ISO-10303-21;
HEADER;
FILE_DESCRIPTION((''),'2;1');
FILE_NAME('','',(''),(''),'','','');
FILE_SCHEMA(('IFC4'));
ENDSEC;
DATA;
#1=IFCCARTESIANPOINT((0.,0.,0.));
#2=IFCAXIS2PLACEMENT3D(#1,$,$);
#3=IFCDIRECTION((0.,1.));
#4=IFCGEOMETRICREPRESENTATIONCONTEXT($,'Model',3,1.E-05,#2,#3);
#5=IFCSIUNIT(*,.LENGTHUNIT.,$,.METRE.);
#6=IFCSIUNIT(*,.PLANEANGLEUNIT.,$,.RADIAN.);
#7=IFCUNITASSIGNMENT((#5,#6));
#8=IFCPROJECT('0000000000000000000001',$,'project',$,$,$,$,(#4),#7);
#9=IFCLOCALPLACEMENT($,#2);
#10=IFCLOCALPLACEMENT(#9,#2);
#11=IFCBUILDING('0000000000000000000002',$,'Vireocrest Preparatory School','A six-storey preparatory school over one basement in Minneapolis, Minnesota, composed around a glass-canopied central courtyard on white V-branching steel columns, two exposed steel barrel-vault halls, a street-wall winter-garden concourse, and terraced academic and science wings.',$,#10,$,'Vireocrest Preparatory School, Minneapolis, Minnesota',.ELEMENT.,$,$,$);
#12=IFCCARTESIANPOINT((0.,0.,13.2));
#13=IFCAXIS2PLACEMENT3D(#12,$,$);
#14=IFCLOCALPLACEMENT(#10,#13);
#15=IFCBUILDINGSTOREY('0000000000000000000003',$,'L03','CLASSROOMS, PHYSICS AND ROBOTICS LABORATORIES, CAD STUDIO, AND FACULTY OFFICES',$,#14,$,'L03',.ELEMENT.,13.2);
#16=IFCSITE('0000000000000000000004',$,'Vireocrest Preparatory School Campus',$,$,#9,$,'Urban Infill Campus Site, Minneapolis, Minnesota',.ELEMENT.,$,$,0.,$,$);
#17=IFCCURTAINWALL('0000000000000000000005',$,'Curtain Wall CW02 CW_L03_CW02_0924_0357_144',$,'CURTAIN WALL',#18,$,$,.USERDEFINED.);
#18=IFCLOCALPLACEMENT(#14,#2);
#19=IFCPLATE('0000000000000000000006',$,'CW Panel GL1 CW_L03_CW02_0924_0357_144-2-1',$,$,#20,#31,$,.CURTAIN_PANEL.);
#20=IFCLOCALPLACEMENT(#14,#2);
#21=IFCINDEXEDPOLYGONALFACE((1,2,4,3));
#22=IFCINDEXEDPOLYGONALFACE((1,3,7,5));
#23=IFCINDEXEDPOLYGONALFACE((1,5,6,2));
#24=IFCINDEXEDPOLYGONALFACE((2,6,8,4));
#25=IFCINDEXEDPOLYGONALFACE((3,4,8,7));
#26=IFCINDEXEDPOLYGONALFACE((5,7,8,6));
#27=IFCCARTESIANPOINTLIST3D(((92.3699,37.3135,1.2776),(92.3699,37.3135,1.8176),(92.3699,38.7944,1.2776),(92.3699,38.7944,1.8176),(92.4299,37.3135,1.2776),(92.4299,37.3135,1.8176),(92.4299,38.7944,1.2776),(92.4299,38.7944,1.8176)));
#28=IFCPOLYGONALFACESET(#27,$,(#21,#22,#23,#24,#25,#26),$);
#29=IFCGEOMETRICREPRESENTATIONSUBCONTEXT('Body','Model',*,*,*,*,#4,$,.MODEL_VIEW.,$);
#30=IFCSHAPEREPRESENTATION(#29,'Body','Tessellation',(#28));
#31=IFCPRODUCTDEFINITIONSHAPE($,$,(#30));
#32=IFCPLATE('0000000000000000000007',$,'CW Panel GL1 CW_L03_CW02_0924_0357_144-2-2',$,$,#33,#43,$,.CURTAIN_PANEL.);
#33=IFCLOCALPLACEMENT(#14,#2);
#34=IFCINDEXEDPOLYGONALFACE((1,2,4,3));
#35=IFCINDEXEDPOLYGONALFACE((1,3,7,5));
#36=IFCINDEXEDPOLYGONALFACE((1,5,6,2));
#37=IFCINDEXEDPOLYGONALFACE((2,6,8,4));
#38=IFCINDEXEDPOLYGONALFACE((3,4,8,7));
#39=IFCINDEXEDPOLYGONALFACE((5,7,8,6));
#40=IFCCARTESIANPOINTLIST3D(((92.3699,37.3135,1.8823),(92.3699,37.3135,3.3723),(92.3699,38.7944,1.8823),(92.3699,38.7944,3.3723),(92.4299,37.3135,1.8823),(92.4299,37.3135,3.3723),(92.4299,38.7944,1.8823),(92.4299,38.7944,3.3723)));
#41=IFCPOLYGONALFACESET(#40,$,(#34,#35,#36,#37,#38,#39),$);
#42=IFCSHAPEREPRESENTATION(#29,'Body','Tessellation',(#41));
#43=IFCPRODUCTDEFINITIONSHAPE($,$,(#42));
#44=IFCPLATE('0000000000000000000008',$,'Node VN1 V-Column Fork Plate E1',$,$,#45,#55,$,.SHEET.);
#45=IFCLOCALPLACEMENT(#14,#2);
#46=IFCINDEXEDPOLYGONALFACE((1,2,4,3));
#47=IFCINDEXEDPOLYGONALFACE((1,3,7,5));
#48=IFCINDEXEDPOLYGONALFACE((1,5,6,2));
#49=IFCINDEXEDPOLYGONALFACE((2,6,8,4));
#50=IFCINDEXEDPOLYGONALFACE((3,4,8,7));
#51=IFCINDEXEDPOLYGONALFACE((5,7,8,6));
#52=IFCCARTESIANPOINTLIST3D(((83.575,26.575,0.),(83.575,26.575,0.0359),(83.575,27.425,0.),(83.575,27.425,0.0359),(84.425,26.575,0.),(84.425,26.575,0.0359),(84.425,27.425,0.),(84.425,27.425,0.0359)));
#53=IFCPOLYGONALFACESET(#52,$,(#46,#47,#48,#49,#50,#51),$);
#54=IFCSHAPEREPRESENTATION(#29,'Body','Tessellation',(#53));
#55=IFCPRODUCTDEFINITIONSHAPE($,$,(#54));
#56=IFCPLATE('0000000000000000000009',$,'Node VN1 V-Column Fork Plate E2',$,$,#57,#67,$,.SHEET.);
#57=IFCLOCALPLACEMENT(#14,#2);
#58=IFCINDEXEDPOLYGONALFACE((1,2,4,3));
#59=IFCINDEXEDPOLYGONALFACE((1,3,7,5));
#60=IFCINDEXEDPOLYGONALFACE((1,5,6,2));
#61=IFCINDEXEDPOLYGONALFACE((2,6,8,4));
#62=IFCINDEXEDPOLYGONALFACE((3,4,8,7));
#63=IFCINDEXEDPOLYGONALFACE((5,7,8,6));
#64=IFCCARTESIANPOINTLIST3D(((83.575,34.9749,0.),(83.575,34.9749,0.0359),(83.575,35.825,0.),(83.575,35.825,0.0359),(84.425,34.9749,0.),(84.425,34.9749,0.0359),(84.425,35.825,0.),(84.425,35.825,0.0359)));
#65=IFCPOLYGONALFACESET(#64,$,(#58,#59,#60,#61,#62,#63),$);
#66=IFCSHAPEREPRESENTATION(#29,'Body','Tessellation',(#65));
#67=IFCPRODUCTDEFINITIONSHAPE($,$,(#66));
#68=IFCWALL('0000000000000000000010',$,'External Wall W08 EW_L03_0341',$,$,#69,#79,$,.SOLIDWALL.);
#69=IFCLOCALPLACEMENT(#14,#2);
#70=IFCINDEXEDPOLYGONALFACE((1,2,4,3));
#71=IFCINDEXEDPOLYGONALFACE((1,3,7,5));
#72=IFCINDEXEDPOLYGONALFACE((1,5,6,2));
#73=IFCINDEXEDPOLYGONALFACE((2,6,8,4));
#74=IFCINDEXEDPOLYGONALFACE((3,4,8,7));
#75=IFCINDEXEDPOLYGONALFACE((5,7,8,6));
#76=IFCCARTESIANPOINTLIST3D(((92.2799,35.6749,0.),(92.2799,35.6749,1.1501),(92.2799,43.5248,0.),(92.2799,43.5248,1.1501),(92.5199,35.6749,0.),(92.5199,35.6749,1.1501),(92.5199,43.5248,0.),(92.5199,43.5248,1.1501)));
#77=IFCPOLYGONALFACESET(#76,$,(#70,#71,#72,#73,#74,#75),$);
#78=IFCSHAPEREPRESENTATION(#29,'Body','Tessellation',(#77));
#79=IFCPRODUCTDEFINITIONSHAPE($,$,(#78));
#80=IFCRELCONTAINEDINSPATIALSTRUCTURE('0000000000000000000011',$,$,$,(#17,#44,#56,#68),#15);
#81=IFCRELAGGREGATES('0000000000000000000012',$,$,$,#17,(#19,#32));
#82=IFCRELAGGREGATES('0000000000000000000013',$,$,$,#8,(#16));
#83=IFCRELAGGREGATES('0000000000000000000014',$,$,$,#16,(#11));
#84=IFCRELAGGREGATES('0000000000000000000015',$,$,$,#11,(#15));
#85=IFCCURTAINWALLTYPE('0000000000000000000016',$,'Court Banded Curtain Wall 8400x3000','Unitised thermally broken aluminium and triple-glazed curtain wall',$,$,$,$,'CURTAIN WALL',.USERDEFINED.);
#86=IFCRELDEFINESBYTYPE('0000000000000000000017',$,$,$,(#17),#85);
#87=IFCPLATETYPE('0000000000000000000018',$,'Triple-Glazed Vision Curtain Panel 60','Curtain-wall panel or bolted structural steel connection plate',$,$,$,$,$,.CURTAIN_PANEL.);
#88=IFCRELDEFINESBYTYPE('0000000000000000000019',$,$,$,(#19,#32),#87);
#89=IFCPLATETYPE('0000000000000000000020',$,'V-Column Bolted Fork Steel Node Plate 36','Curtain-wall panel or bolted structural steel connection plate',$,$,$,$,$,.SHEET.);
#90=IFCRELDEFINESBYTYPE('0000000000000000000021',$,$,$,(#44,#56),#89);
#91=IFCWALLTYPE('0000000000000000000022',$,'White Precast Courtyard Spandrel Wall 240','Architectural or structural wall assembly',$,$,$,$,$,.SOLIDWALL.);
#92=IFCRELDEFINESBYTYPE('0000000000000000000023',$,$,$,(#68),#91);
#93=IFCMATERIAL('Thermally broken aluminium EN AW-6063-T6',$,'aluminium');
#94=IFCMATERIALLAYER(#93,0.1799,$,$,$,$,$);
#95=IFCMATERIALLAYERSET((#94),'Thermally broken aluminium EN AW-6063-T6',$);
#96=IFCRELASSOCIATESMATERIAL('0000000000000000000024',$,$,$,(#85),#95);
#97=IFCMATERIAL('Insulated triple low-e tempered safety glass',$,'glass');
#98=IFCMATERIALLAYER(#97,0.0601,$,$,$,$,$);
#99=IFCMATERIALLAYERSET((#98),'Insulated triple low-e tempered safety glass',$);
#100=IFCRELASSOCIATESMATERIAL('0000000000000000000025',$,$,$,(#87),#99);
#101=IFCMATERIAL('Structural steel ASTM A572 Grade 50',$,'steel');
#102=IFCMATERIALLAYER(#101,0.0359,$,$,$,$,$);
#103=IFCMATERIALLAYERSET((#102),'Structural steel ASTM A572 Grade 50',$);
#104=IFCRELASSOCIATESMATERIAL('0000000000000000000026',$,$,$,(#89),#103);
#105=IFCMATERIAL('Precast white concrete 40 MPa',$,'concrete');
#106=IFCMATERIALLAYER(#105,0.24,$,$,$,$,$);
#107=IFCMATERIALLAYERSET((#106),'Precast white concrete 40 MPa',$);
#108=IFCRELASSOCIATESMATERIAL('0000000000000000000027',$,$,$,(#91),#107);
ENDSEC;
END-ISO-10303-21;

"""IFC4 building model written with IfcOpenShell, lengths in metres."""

from ifc_helpers import new_model, si_unit, direction, frame, frame_2d, origin, origin_2d, place, context, subcontext, project, spatial, rectangle, extrude, material, layer, layer_set, type_object, element, aggregate, save


model = new_model("IFC4")

# Units and contexts
model_context = context("Model", 3, precision=1e-05, world=origin(), true_north=direction((0.0, 1.0)))
body_context = subcontext(model_context, "Body", "Model", "MODEL_VIEW")
ifc_project = project(units=[si_unit("LENGTHUNIT", "METRE"), si_unit("PLANEANGLEUNIT", "RADIAN")], contexts=[model_context])

# Site, building, storey
site_placement = place(None, origin())
site = spatial("IfcSite", under=ifc_project, at=site_placement, Name="Vireocrest Preparatory School Campus", LongName="Urban Infill Campus Site, Minneapolis, Minnesota", CompositionType="ELEMENT", RefElevation=0.0)
building_placement = place(site_placement, origin())
building = spatial("IfcBuilding", under=site, at=building_placement, Name="Vireocrest Preparatory School", Description="A six-storey preparatory school over one basement in Minneapolis, Minnesota, composed around a glass-canopied central courtyard on white V-branching steel columns, two exposed steel barrel-vault halls, a street-wall winter-garden concourse, and terraced academic and science wings.", LongName="Vireocrest Preparatory School, Minneapolis, Minnesota", CompositionType="ELEMENT")
storey_placement = place(building_placement, frame((0.0, 0.0, 13.2)))
storey = spatial("IfcBuildingStorey", under=building, at=storey_placement, Name="L03", Description="CLASSROOMS, PHYSICS AND ROBOTICS LABORATORIES, CAD STUDIO, AND FACULTY OFFICES", LongName="L03", CompositionType="ELEMENT", Elevation=13.2)

# Curtain wall
ifc_material_1 = material(Name="Thermally broken aluminium EN AW-6063-T6", Category="aluminium")
ifc_layer_1 = layer(ifc_material_1, 0.1799)
ifc_layer_set_1 = layer_set([ifc_layer_1], Name="Thermally broken aluminium EN AW-6063-T6")
curtain_wall_type = type_object("IfcCurtainWallType", Name="Court Banded Curtain Wall 8400x3000", Description="Unitised thermally broken aluminium and triple-glazed curtain wall", ElementType="CURTAIN WALL", PredefinedType="USERDEFINED", material=ifc_layer_set_1)
curtain_wall_placement = place(storey_placement, origin())
curtain_wall = element("IfcCurtainWall", 1, at=curtain_wall_placement, inside=storey, type_object=curtain_wall_type, Name="Curtain Wall CW02 CW_L03_CW02_0924_0357_144", ObjectType="CURTAIN WALL", PredefinedType="USERDEFINED")

# Plates
ifc_material_2 = material(Name="Insulated triple low-e tempered safety glass", Category="glass")
ifc_layer_2 = layer(ifc_material_2, 0.0601)
ifc_layer_set_2 = layer_set([ifc_layer_2], Name="Insulated triple low-e tempered safety glass")
plate_type_1 = type_object("IfcPlateType", Name="Triple-Glazed Vision Curtain Panel 60", Description="Curtain-wall panel or bolted structural steel connection plate", PredefinedType="CURTAIN_PANEL", material=ifc_layer_set_2)
plate_1_placement = place(storey_placement, frame((92.3999, 38.054, 1.2776), z_axis=(0.0, 0.0, 1.0), x_axis=(0.0, 1.0, 0.0)))
plate_1 = element("IfcPlate", 2, at=plate_1_placement, type_object=plate_type_1, Name="CW Panel GL1 CW_L03_CW02_0924_0357_144-2-1", PredefinedType="CURTAIN_PANEL", context=body_context, shape_type="SweptSolid", body=[
    extrude(rectangle(XDim=1.481, YDim=0.0601, at=origin_2d()), origin(), (0.0, 0.0, 1.0), 0.54),
])
plate_2_placement = place(storey_placement, frame((92.3999, 38.054, 1.8823), z_axis=(0.0, 0.0, 1.0), x_axis=(0.0, 1.0, 0.0)))
plate_2 = element("IfcPlate", 3, at=plate_2_placement, type_object=plate_type_1, Name="CW Panel GL1 CW_L03_CW02_0924_0357_144-2-2", PredefinedType="CURTAIN_PANEL", context=body_context, shape_type="SweptSolid", body=[
    extrude(rectangle(XDim=1.481, YDim=0.0601, at=origin_2d()), origin(), (0.0, 0.0, 1.0), 1.49),
])
aggregate(curtain_wall, [plate_1, plate_2])

# Plates
ifc_material_3 = material(Name="Structural steel ASTM A572 Grade 50", Category="steel")
ifc_layer_3 = layer(ifc_material_3, 0.0359)
ifc_layer_set_3 = layer_set([ifc_layer_3], Name="Structural steel ASTM A572 Grade 50")
plate_type_2 = type_object("IfcPlateType", Name="V-Column Bolted Fork Steel Node Plate 36", Description="Curtain-wall panel or bolted structural steel connection plate", PredefinedType="SHEET", material=ifc_layer_set_3)
for number, where, z_axis, x_axis, name in (
    (4, (84.0, 27.0, 0.0), (0.0, 0.0, 1.0), (1.0, 0.0, 0.0), "Node VN1 V-Column Fork Plate E1"),
    (5, (84.0, 35.3999, 0.0), (0.0, 0.0, 1.0), (1.0, 0.0, 0.0), "Node VN1 V-Column Fork Plate E2"),
):
    element("IfcPlate", number, at=place(storey_placement, frame(where, z_axis=z_axis, x_axis=x_axis)), inside=storey, type_object=plate_type_2, Name=name, PredefinedType="SHEET", context=body_context, shape_type="SweptSolid", body=[
        extrude(rectangle(XDim=0.8501, YDim=0.8501, at=origin_2d()), origin(), (0.0, 0.0, 1.0), 0.0359),
    ])

# Wall
ifc_material_4 = material(Name="Precast white concrete 40 MPa", Category="concrete")
ifc_layer_4 = layer(ifc_material_4, 0.24)
ifc_layer_set_4 = layer_set([ifc_layer_4], Name="Precast white concrete 40 MPa")
wall_type = type_object("IfcWallType", Name="White Precast Courtyard Spandrel Wall 240", Description="Architectural or structural wall assembly", PredefinedType="SOLIDWALL", material=ifc_layer_set_4)
wall_placement = place(storey_placement, frame((92.3999, 35.675, 0.0), z_axis=(0.0, 0.0, 1.0), x_axis=(0.0, 1.0, 0.0)))
element("IfcWall", 6, at=wall_placement, inside=storey, type_object=wall_type, Name="External Wall W08 EW_L03_0341", PredefinedType="SOLIDWALL", context=body_context, shape_type="SweptSolid", body=[
    extrude(rectangle(XDim=7.8499, YDim=0.24, at=frame_2d((3.9248, 0.0))), origin(), (0.0, 0.0, 1.0), 1.1501),
])

save(model, "model.ifc")
